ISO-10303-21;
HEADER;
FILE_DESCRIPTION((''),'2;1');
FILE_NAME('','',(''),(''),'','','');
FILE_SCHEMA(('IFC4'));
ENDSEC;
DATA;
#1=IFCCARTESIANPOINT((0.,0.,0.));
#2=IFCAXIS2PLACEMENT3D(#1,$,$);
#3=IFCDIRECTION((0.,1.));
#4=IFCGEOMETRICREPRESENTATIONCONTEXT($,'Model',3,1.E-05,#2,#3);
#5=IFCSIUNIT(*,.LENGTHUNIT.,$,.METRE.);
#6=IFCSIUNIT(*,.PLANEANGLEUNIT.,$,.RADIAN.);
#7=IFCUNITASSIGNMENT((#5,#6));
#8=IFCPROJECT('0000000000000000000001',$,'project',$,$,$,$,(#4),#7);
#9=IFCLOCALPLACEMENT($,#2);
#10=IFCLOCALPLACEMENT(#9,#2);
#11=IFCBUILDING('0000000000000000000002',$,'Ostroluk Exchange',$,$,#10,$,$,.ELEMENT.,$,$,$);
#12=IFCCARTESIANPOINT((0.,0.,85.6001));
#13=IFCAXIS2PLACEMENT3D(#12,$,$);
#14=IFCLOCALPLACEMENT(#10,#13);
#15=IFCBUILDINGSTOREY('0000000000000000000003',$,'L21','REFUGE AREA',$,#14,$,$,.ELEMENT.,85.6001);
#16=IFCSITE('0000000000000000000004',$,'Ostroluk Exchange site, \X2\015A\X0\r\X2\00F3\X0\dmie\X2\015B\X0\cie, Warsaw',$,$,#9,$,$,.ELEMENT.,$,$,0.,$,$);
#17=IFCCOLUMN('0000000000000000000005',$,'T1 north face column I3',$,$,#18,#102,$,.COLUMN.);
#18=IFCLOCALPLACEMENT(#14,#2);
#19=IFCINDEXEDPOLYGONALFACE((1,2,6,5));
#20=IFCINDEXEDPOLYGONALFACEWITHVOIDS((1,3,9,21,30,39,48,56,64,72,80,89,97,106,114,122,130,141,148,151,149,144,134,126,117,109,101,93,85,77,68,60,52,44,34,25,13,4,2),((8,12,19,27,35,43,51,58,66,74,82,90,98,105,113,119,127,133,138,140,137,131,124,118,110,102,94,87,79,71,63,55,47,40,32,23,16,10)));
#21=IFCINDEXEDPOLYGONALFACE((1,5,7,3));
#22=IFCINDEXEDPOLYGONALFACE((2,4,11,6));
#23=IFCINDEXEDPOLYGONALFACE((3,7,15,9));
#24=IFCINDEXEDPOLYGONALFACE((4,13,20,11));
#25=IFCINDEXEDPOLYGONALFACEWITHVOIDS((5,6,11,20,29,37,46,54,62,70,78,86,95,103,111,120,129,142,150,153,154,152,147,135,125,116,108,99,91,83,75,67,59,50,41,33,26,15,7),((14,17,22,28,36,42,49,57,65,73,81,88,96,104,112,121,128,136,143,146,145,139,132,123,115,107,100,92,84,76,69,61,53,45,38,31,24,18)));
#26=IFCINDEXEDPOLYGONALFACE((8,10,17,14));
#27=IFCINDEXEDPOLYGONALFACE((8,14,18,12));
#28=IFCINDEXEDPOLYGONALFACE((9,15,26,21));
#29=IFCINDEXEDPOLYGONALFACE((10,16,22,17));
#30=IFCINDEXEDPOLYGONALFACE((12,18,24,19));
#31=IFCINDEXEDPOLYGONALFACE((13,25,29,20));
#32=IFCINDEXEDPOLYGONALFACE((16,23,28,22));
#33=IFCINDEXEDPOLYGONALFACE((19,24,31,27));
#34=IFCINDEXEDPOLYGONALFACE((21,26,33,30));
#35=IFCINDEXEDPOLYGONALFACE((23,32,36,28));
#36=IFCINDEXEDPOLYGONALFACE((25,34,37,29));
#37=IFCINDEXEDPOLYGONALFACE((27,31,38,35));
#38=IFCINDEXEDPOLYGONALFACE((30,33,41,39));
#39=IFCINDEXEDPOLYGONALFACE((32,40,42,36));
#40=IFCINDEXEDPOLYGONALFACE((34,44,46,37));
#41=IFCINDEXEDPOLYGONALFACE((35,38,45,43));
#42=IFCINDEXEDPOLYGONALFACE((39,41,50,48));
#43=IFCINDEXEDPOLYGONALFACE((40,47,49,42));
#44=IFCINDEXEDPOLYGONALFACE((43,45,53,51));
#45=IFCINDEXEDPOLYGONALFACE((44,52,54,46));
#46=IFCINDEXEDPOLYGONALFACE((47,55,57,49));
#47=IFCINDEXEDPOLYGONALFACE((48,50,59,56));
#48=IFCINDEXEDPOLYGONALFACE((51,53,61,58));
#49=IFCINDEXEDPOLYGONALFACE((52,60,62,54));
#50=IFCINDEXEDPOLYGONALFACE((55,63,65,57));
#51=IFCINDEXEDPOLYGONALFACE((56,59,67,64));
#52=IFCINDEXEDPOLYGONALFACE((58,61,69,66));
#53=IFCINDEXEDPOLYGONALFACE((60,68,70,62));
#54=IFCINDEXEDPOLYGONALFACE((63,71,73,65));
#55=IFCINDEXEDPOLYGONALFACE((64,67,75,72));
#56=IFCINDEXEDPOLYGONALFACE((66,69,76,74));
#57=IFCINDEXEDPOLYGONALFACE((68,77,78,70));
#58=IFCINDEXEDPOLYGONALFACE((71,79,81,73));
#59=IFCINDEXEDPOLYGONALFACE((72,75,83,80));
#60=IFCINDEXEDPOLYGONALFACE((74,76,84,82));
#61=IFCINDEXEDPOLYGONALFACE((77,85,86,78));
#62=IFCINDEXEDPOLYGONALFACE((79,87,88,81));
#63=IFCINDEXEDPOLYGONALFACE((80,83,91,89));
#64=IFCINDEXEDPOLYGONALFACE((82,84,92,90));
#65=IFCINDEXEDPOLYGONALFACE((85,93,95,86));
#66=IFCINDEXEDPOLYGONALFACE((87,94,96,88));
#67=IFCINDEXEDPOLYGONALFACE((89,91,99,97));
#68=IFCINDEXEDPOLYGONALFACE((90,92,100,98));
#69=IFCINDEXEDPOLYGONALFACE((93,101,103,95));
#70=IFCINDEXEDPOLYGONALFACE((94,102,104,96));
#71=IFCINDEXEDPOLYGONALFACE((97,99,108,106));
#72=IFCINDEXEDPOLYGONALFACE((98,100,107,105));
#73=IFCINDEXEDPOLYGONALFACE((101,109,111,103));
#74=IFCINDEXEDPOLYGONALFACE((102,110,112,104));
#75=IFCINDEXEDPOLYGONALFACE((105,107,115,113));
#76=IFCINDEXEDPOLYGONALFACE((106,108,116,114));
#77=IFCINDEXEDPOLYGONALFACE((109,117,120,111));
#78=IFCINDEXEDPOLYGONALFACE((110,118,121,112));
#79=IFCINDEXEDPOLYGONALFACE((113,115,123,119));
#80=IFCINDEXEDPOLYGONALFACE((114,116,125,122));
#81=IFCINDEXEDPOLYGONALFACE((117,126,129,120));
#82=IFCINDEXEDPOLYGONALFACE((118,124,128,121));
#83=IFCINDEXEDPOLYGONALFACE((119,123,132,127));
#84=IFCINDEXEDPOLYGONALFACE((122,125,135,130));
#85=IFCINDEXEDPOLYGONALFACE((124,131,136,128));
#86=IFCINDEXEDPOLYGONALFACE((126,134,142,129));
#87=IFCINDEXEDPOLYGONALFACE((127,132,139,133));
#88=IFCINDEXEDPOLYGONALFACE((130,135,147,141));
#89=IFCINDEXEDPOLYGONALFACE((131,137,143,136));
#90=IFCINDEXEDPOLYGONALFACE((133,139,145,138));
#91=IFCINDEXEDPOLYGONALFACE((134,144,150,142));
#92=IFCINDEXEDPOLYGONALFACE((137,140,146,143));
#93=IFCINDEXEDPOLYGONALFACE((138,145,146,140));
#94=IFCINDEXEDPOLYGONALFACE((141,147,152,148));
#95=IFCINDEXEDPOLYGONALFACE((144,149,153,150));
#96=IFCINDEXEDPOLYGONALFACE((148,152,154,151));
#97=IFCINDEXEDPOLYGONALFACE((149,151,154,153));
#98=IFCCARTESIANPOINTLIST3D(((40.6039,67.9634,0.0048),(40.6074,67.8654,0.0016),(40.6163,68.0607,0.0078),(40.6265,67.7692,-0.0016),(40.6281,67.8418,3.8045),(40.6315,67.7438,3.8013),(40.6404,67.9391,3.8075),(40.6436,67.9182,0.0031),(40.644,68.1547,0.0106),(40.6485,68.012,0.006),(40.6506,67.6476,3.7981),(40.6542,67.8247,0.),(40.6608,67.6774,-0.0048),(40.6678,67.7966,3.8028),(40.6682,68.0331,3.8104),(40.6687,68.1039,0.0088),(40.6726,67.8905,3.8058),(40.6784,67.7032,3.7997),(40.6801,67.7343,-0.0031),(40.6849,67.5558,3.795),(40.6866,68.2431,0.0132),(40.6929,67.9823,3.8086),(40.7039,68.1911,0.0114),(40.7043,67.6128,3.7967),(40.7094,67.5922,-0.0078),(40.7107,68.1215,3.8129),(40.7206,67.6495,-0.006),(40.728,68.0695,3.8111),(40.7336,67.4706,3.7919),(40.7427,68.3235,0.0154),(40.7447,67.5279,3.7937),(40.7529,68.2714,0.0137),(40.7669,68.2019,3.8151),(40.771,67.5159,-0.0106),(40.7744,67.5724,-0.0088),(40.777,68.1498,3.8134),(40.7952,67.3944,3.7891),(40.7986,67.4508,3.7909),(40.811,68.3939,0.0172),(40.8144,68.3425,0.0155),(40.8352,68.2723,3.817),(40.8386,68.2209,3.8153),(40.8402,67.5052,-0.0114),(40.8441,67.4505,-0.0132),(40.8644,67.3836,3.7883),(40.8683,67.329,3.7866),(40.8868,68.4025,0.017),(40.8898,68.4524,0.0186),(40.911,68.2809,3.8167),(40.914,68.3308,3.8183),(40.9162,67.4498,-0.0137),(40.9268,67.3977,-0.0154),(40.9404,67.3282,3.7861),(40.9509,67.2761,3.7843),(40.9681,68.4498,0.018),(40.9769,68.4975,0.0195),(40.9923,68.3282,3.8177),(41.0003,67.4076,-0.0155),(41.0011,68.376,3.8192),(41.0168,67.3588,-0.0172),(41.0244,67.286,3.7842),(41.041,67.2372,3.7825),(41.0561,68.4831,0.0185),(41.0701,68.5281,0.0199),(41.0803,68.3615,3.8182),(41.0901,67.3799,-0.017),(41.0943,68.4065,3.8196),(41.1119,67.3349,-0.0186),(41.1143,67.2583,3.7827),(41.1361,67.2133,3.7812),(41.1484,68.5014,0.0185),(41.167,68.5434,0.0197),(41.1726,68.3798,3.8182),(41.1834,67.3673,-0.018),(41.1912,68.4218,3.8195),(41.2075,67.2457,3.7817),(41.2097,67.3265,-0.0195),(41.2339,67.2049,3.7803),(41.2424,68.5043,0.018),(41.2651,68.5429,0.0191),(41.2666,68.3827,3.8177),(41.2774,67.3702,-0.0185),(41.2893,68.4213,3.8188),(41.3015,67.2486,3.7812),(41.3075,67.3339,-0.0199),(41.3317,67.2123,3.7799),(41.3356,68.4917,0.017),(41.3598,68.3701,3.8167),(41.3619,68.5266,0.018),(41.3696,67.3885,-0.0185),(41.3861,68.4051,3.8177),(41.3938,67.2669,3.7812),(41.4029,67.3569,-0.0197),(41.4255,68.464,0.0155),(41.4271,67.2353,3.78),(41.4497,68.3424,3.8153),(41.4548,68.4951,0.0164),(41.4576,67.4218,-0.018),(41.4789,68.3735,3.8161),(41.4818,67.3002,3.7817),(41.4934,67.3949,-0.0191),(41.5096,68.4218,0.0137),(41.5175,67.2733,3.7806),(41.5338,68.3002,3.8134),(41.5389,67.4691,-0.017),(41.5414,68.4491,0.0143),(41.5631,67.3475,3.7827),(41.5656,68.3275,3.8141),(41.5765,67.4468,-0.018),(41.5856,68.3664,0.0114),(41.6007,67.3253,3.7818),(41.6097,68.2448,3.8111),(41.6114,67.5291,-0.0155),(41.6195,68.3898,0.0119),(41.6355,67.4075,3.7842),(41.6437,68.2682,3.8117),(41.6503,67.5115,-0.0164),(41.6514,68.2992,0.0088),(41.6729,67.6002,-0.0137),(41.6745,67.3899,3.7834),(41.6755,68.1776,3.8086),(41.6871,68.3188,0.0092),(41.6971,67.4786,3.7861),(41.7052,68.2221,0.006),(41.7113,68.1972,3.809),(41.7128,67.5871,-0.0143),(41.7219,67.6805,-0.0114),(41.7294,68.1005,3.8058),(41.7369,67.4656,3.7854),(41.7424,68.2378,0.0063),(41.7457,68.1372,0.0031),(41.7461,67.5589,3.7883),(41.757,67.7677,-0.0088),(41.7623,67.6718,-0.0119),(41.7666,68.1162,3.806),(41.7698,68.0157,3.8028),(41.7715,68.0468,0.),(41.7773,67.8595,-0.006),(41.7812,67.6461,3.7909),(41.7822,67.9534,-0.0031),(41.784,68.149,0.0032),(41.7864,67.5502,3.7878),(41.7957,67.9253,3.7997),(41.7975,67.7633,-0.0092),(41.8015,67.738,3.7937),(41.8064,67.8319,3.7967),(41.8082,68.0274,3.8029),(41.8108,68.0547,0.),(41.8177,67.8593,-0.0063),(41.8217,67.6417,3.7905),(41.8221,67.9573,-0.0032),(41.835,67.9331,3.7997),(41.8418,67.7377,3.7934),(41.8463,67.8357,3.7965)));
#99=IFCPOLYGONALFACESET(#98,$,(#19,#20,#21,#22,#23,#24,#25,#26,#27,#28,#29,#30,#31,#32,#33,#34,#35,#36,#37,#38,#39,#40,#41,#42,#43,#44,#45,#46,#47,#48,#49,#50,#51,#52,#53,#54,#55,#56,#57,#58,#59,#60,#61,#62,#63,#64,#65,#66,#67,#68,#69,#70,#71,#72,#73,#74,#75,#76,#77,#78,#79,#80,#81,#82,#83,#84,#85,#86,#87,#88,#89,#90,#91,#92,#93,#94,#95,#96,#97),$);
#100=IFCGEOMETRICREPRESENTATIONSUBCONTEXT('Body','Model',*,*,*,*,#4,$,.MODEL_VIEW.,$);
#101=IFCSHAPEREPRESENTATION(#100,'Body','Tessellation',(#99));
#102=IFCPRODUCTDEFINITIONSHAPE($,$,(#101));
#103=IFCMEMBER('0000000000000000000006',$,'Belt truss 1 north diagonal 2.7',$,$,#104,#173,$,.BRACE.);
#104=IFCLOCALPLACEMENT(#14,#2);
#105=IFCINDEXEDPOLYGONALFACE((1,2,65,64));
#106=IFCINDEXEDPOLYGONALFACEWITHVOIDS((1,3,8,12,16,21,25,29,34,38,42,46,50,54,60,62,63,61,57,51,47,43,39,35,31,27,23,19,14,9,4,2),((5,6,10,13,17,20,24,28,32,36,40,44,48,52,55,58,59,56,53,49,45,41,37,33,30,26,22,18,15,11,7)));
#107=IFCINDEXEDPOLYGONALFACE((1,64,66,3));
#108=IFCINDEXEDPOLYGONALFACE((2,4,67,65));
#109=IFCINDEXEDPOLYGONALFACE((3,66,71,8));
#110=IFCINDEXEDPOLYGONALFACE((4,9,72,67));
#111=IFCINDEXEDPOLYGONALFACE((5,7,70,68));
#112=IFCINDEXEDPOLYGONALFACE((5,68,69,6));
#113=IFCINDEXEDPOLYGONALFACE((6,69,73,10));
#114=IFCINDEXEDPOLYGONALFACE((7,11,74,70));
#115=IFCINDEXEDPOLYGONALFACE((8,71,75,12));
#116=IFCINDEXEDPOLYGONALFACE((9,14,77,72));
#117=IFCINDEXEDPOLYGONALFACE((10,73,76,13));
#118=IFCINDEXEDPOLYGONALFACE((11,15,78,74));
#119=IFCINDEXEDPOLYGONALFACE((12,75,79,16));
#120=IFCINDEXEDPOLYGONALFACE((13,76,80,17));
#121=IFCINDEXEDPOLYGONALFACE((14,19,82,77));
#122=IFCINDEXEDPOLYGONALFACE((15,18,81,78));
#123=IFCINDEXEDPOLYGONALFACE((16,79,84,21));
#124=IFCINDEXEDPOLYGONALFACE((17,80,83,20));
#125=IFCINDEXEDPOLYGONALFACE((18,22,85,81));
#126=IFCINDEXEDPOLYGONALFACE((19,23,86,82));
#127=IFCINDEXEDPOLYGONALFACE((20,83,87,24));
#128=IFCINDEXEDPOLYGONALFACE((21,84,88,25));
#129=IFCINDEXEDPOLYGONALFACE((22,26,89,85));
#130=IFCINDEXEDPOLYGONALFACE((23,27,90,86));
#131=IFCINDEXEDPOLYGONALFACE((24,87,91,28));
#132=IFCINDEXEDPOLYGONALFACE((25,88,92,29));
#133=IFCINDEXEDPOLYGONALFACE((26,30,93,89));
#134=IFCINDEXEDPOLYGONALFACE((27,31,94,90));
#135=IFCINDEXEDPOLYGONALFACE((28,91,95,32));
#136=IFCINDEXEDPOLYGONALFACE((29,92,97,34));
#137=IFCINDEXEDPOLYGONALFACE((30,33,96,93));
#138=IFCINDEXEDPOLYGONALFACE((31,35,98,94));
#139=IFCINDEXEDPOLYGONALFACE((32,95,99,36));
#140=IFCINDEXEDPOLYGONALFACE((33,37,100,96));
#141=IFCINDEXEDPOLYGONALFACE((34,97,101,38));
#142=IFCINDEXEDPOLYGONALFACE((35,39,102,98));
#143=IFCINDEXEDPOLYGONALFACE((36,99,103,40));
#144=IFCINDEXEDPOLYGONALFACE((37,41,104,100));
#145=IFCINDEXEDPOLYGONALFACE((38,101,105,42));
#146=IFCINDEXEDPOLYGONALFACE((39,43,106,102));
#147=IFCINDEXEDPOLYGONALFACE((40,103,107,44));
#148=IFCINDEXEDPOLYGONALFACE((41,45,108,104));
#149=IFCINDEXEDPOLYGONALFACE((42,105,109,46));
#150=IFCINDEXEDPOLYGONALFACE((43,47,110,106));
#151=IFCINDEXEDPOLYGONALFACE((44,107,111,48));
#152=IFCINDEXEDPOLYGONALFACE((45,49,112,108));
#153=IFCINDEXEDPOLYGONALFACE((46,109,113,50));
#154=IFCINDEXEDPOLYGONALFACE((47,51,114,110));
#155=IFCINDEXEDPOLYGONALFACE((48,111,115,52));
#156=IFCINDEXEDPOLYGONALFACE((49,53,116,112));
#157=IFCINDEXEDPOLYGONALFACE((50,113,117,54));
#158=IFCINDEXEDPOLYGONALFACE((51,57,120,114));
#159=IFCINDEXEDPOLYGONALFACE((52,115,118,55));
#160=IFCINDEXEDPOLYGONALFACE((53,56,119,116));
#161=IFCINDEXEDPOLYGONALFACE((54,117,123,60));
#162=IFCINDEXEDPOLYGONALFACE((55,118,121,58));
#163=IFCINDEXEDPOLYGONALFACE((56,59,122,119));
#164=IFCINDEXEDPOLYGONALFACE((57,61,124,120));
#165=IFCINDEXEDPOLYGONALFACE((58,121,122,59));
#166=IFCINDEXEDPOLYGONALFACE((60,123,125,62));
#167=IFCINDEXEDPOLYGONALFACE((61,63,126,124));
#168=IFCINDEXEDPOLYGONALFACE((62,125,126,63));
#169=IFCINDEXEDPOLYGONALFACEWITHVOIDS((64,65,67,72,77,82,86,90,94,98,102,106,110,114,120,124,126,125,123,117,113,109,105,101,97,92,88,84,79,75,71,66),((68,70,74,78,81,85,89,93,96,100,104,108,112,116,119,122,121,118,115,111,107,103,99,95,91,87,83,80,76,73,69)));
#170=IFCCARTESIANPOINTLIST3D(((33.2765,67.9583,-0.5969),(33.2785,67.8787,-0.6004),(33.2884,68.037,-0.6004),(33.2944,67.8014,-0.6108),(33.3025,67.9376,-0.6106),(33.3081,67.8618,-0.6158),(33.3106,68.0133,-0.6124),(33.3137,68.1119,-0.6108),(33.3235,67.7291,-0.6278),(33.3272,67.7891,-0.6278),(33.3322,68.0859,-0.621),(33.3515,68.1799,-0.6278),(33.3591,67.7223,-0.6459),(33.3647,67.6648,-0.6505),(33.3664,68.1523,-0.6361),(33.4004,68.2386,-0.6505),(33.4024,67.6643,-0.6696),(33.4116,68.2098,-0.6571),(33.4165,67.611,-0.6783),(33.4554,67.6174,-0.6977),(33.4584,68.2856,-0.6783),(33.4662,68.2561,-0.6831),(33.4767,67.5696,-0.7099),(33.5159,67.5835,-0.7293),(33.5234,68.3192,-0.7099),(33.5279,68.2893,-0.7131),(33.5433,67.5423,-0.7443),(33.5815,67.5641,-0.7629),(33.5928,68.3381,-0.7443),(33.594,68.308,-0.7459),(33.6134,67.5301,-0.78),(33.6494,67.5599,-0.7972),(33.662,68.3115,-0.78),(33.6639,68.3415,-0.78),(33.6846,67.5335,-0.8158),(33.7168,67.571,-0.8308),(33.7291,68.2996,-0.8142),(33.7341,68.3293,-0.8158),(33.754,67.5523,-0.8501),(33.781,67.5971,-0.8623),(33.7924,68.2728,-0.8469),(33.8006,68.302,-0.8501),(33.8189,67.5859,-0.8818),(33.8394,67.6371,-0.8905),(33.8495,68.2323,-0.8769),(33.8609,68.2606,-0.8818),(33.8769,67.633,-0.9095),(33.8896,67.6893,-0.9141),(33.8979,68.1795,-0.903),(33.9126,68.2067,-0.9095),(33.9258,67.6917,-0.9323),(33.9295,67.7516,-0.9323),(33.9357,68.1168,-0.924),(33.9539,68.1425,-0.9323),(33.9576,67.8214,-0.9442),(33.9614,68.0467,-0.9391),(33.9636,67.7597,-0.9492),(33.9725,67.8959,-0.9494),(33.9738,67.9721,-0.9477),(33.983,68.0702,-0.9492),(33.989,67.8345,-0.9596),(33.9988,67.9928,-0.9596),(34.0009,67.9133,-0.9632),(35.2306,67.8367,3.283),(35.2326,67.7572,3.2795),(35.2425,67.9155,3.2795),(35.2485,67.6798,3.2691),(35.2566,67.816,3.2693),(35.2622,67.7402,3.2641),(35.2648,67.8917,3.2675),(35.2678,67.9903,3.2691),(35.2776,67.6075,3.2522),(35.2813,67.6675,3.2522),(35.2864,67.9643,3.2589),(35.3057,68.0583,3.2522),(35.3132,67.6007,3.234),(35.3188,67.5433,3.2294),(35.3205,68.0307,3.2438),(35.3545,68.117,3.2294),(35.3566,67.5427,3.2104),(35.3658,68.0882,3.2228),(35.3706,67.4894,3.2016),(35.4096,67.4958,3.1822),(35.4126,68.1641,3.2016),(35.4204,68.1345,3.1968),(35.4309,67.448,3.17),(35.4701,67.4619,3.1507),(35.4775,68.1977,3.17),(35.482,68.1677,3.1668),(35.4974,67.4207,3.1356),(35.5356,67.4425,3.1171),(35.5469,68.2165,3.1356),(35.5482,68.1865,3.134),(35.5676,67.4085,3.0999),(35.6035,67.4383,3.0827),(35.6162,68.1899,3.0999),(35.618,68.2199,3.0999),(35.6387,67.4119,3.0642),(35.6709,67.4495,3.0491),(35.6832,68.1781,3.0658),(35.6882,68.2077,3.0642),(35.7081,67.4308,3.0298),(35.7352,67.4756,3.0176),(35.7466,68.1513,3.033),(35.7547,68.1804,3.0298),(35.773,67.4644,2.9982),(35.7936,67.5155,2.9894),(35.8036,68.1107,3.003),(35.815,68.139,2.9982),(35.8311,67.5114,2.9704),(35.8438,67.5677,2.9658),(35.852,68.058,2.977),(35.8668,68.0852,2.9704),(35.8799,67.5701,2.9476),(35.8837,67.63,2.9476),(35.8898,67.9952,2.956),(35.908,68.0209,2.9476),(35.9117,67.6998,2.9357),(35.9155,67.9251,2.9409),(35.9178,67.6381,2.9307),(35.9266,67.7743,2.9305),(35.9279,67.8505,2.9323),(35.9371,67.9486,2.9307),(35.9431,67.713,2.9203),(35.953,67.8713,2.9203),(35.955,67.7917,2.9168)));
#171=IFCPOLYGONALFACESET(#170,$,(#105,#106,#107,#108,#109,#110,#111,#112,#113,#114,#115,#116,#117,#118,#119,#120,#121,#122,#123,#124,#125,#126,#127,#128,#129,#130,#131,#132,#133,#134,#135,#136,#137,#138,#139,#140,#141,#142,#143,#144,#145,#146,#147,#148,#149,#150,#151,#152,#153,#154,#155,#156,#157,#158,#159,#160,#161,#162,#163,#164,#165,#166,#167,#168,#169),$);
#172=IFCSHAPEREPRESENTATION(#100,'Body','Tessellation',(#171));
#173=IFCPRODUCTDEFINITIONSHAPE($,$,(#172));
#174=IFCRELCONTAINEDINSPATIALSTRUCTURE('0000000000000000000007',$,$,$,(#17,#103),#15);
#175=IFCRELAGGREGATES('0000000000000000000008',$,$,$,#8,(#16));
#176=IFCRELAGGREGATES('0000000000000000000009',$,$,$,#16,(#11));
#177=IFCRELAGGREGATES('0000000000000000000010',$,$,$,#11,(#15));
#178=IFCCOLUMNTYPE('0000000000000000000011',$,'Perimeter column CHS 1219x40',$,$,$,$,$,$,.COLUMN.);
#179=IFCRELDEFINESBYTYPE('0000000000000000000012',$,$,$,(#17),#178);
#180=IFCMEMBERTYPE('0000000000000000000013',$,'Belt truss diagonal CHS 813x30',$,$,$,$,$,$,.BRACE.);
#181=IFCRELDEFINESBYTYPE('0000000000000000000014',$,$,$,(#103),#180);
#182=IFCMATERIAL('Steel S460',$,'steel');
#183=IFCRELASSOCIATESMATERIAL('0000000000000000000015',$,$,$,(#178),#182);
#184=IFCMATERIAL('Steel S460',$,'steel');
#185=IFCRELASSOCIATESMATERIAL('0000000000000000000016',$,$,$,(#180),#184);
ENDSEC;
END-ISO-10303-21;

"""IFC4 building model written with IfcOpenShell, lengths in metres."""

from ifc_helpers import new_model, si_unit, direction, frame, origin, origin_2d, place, context, subcontext, project, spatial, hollow_circle, extrude, material, material_profile, profile_set, type_object, element, save


model = new_model("IFC4")

# Units and contexts
model_context = context("Model", 3, precision=1e-05, world=origin(), true_north=direction((0.0, 1.0)))
body_context = subcontext(model_context, "Body", "Model", "MODEL_VIEW")
ifc_project = project(units=[si_unit("LENGTHUNIT", "METRE"), si_unit("PLANEANGLEUNIT", "RADIAN")], contexts=[model_context])

# Site, building, storey
site_placement = place(None, origin())
site = spatial("IfcSite", under=ifc_project, at=site_placement, Name="Ostroluk Exchange site, Śródmieście, Warsaw", CompositionType="ELEMENT", RefElevation=0.0)
building_placement = place(site_placement, origin())
building = spatial("IfcBuilding", under=site, at=building_placement, Name="Ostroluk Exchange", CompositionType="ELEMENT")
storey_placement = place(building_placement, frame((0.0, 0.0, 85.6001)))
storey = spatial("IfcBuildingStorey", under=building, at=storey_placement, Name="L21", Description="REFUGE AREA", CompositionType="ELEMENT", Elevation=85.6001)

# Column
ifc_material_1 = material(Name="Steel S460", Category="steel")
ifc_material_profile_1 = material_profile(ifc_material_1, hollow_circle(Radius=0.6096, WallThickness=0.04, at=origin_2d()), Name="CHS 1219x40")
ifc_profile_set_1 = profile_set([ifc_material_profile_1], Name="Steel S460")
column_type = type_object("IfcColumnType", Name="Perimeter column CHS 1219x40", PredefinedType="COLUMN", material=ifc_profile_set_1)
column_placement = place(storey_placement, frame((41.2129, 67.9358, 0.0), z_axis=(0.006357, -0.03198, 0.999468), x_axis=(0.980807, 0.19498, 0.0)))
element("IfcColumn", 1, at=column_placement, inside=storey, type_object=column_type, Name="T1 north face column I3", PredefinedType="COLUMN", context=body_context, shape_type="SweptSolid", body=[
    extrude(hollow_circle(Radius=0.6096, WallThickness=0.04, at=origin_2d()), origin(), (0.0, 0.0, 1.0), 3.8018),
])

# Member
ifc_material_2 = material(Name="Steel S460", Category="steel")
ifc_material_profile_2 = material_profile(ifc_material_2, hollow_circle(Radius=0.4065, WallThickness=0.03, at=origin_2d()), Name="CHS 813x30")
ifc_profile_set_2 = profile_set([ifc_material_profile_2], Name="Steel S460")
member_type_1 = type_object("IfcMemberType", Name="Belt truss diagonal CHS 813x30", PredefinedType="BRACE", material=ifc_profile_set_2)
member_1_placement = place(storey_placement, frame((33.6387, 67.9358, -0.78), z_axis=(0.449643, -0.027976, 0.89277), x_axis=(0.062099, 0.99807, 0.0)))
element("IfcMember", 2, at=member_1_placement, inside=storey, type_object=member_type_1, Name="Belt truss 1 north diagonal 2.7", PredefinedType="BRACE", context=body_context, shape_type="SweptSolid", body=[
    extrude(hollow_circle(Radius=0.4065, WallThickness=0.03, at=origin_2d()), origin(), (0.0, 0.0, 1.0), 4.3459),
])

save(model, "model.ifc")
